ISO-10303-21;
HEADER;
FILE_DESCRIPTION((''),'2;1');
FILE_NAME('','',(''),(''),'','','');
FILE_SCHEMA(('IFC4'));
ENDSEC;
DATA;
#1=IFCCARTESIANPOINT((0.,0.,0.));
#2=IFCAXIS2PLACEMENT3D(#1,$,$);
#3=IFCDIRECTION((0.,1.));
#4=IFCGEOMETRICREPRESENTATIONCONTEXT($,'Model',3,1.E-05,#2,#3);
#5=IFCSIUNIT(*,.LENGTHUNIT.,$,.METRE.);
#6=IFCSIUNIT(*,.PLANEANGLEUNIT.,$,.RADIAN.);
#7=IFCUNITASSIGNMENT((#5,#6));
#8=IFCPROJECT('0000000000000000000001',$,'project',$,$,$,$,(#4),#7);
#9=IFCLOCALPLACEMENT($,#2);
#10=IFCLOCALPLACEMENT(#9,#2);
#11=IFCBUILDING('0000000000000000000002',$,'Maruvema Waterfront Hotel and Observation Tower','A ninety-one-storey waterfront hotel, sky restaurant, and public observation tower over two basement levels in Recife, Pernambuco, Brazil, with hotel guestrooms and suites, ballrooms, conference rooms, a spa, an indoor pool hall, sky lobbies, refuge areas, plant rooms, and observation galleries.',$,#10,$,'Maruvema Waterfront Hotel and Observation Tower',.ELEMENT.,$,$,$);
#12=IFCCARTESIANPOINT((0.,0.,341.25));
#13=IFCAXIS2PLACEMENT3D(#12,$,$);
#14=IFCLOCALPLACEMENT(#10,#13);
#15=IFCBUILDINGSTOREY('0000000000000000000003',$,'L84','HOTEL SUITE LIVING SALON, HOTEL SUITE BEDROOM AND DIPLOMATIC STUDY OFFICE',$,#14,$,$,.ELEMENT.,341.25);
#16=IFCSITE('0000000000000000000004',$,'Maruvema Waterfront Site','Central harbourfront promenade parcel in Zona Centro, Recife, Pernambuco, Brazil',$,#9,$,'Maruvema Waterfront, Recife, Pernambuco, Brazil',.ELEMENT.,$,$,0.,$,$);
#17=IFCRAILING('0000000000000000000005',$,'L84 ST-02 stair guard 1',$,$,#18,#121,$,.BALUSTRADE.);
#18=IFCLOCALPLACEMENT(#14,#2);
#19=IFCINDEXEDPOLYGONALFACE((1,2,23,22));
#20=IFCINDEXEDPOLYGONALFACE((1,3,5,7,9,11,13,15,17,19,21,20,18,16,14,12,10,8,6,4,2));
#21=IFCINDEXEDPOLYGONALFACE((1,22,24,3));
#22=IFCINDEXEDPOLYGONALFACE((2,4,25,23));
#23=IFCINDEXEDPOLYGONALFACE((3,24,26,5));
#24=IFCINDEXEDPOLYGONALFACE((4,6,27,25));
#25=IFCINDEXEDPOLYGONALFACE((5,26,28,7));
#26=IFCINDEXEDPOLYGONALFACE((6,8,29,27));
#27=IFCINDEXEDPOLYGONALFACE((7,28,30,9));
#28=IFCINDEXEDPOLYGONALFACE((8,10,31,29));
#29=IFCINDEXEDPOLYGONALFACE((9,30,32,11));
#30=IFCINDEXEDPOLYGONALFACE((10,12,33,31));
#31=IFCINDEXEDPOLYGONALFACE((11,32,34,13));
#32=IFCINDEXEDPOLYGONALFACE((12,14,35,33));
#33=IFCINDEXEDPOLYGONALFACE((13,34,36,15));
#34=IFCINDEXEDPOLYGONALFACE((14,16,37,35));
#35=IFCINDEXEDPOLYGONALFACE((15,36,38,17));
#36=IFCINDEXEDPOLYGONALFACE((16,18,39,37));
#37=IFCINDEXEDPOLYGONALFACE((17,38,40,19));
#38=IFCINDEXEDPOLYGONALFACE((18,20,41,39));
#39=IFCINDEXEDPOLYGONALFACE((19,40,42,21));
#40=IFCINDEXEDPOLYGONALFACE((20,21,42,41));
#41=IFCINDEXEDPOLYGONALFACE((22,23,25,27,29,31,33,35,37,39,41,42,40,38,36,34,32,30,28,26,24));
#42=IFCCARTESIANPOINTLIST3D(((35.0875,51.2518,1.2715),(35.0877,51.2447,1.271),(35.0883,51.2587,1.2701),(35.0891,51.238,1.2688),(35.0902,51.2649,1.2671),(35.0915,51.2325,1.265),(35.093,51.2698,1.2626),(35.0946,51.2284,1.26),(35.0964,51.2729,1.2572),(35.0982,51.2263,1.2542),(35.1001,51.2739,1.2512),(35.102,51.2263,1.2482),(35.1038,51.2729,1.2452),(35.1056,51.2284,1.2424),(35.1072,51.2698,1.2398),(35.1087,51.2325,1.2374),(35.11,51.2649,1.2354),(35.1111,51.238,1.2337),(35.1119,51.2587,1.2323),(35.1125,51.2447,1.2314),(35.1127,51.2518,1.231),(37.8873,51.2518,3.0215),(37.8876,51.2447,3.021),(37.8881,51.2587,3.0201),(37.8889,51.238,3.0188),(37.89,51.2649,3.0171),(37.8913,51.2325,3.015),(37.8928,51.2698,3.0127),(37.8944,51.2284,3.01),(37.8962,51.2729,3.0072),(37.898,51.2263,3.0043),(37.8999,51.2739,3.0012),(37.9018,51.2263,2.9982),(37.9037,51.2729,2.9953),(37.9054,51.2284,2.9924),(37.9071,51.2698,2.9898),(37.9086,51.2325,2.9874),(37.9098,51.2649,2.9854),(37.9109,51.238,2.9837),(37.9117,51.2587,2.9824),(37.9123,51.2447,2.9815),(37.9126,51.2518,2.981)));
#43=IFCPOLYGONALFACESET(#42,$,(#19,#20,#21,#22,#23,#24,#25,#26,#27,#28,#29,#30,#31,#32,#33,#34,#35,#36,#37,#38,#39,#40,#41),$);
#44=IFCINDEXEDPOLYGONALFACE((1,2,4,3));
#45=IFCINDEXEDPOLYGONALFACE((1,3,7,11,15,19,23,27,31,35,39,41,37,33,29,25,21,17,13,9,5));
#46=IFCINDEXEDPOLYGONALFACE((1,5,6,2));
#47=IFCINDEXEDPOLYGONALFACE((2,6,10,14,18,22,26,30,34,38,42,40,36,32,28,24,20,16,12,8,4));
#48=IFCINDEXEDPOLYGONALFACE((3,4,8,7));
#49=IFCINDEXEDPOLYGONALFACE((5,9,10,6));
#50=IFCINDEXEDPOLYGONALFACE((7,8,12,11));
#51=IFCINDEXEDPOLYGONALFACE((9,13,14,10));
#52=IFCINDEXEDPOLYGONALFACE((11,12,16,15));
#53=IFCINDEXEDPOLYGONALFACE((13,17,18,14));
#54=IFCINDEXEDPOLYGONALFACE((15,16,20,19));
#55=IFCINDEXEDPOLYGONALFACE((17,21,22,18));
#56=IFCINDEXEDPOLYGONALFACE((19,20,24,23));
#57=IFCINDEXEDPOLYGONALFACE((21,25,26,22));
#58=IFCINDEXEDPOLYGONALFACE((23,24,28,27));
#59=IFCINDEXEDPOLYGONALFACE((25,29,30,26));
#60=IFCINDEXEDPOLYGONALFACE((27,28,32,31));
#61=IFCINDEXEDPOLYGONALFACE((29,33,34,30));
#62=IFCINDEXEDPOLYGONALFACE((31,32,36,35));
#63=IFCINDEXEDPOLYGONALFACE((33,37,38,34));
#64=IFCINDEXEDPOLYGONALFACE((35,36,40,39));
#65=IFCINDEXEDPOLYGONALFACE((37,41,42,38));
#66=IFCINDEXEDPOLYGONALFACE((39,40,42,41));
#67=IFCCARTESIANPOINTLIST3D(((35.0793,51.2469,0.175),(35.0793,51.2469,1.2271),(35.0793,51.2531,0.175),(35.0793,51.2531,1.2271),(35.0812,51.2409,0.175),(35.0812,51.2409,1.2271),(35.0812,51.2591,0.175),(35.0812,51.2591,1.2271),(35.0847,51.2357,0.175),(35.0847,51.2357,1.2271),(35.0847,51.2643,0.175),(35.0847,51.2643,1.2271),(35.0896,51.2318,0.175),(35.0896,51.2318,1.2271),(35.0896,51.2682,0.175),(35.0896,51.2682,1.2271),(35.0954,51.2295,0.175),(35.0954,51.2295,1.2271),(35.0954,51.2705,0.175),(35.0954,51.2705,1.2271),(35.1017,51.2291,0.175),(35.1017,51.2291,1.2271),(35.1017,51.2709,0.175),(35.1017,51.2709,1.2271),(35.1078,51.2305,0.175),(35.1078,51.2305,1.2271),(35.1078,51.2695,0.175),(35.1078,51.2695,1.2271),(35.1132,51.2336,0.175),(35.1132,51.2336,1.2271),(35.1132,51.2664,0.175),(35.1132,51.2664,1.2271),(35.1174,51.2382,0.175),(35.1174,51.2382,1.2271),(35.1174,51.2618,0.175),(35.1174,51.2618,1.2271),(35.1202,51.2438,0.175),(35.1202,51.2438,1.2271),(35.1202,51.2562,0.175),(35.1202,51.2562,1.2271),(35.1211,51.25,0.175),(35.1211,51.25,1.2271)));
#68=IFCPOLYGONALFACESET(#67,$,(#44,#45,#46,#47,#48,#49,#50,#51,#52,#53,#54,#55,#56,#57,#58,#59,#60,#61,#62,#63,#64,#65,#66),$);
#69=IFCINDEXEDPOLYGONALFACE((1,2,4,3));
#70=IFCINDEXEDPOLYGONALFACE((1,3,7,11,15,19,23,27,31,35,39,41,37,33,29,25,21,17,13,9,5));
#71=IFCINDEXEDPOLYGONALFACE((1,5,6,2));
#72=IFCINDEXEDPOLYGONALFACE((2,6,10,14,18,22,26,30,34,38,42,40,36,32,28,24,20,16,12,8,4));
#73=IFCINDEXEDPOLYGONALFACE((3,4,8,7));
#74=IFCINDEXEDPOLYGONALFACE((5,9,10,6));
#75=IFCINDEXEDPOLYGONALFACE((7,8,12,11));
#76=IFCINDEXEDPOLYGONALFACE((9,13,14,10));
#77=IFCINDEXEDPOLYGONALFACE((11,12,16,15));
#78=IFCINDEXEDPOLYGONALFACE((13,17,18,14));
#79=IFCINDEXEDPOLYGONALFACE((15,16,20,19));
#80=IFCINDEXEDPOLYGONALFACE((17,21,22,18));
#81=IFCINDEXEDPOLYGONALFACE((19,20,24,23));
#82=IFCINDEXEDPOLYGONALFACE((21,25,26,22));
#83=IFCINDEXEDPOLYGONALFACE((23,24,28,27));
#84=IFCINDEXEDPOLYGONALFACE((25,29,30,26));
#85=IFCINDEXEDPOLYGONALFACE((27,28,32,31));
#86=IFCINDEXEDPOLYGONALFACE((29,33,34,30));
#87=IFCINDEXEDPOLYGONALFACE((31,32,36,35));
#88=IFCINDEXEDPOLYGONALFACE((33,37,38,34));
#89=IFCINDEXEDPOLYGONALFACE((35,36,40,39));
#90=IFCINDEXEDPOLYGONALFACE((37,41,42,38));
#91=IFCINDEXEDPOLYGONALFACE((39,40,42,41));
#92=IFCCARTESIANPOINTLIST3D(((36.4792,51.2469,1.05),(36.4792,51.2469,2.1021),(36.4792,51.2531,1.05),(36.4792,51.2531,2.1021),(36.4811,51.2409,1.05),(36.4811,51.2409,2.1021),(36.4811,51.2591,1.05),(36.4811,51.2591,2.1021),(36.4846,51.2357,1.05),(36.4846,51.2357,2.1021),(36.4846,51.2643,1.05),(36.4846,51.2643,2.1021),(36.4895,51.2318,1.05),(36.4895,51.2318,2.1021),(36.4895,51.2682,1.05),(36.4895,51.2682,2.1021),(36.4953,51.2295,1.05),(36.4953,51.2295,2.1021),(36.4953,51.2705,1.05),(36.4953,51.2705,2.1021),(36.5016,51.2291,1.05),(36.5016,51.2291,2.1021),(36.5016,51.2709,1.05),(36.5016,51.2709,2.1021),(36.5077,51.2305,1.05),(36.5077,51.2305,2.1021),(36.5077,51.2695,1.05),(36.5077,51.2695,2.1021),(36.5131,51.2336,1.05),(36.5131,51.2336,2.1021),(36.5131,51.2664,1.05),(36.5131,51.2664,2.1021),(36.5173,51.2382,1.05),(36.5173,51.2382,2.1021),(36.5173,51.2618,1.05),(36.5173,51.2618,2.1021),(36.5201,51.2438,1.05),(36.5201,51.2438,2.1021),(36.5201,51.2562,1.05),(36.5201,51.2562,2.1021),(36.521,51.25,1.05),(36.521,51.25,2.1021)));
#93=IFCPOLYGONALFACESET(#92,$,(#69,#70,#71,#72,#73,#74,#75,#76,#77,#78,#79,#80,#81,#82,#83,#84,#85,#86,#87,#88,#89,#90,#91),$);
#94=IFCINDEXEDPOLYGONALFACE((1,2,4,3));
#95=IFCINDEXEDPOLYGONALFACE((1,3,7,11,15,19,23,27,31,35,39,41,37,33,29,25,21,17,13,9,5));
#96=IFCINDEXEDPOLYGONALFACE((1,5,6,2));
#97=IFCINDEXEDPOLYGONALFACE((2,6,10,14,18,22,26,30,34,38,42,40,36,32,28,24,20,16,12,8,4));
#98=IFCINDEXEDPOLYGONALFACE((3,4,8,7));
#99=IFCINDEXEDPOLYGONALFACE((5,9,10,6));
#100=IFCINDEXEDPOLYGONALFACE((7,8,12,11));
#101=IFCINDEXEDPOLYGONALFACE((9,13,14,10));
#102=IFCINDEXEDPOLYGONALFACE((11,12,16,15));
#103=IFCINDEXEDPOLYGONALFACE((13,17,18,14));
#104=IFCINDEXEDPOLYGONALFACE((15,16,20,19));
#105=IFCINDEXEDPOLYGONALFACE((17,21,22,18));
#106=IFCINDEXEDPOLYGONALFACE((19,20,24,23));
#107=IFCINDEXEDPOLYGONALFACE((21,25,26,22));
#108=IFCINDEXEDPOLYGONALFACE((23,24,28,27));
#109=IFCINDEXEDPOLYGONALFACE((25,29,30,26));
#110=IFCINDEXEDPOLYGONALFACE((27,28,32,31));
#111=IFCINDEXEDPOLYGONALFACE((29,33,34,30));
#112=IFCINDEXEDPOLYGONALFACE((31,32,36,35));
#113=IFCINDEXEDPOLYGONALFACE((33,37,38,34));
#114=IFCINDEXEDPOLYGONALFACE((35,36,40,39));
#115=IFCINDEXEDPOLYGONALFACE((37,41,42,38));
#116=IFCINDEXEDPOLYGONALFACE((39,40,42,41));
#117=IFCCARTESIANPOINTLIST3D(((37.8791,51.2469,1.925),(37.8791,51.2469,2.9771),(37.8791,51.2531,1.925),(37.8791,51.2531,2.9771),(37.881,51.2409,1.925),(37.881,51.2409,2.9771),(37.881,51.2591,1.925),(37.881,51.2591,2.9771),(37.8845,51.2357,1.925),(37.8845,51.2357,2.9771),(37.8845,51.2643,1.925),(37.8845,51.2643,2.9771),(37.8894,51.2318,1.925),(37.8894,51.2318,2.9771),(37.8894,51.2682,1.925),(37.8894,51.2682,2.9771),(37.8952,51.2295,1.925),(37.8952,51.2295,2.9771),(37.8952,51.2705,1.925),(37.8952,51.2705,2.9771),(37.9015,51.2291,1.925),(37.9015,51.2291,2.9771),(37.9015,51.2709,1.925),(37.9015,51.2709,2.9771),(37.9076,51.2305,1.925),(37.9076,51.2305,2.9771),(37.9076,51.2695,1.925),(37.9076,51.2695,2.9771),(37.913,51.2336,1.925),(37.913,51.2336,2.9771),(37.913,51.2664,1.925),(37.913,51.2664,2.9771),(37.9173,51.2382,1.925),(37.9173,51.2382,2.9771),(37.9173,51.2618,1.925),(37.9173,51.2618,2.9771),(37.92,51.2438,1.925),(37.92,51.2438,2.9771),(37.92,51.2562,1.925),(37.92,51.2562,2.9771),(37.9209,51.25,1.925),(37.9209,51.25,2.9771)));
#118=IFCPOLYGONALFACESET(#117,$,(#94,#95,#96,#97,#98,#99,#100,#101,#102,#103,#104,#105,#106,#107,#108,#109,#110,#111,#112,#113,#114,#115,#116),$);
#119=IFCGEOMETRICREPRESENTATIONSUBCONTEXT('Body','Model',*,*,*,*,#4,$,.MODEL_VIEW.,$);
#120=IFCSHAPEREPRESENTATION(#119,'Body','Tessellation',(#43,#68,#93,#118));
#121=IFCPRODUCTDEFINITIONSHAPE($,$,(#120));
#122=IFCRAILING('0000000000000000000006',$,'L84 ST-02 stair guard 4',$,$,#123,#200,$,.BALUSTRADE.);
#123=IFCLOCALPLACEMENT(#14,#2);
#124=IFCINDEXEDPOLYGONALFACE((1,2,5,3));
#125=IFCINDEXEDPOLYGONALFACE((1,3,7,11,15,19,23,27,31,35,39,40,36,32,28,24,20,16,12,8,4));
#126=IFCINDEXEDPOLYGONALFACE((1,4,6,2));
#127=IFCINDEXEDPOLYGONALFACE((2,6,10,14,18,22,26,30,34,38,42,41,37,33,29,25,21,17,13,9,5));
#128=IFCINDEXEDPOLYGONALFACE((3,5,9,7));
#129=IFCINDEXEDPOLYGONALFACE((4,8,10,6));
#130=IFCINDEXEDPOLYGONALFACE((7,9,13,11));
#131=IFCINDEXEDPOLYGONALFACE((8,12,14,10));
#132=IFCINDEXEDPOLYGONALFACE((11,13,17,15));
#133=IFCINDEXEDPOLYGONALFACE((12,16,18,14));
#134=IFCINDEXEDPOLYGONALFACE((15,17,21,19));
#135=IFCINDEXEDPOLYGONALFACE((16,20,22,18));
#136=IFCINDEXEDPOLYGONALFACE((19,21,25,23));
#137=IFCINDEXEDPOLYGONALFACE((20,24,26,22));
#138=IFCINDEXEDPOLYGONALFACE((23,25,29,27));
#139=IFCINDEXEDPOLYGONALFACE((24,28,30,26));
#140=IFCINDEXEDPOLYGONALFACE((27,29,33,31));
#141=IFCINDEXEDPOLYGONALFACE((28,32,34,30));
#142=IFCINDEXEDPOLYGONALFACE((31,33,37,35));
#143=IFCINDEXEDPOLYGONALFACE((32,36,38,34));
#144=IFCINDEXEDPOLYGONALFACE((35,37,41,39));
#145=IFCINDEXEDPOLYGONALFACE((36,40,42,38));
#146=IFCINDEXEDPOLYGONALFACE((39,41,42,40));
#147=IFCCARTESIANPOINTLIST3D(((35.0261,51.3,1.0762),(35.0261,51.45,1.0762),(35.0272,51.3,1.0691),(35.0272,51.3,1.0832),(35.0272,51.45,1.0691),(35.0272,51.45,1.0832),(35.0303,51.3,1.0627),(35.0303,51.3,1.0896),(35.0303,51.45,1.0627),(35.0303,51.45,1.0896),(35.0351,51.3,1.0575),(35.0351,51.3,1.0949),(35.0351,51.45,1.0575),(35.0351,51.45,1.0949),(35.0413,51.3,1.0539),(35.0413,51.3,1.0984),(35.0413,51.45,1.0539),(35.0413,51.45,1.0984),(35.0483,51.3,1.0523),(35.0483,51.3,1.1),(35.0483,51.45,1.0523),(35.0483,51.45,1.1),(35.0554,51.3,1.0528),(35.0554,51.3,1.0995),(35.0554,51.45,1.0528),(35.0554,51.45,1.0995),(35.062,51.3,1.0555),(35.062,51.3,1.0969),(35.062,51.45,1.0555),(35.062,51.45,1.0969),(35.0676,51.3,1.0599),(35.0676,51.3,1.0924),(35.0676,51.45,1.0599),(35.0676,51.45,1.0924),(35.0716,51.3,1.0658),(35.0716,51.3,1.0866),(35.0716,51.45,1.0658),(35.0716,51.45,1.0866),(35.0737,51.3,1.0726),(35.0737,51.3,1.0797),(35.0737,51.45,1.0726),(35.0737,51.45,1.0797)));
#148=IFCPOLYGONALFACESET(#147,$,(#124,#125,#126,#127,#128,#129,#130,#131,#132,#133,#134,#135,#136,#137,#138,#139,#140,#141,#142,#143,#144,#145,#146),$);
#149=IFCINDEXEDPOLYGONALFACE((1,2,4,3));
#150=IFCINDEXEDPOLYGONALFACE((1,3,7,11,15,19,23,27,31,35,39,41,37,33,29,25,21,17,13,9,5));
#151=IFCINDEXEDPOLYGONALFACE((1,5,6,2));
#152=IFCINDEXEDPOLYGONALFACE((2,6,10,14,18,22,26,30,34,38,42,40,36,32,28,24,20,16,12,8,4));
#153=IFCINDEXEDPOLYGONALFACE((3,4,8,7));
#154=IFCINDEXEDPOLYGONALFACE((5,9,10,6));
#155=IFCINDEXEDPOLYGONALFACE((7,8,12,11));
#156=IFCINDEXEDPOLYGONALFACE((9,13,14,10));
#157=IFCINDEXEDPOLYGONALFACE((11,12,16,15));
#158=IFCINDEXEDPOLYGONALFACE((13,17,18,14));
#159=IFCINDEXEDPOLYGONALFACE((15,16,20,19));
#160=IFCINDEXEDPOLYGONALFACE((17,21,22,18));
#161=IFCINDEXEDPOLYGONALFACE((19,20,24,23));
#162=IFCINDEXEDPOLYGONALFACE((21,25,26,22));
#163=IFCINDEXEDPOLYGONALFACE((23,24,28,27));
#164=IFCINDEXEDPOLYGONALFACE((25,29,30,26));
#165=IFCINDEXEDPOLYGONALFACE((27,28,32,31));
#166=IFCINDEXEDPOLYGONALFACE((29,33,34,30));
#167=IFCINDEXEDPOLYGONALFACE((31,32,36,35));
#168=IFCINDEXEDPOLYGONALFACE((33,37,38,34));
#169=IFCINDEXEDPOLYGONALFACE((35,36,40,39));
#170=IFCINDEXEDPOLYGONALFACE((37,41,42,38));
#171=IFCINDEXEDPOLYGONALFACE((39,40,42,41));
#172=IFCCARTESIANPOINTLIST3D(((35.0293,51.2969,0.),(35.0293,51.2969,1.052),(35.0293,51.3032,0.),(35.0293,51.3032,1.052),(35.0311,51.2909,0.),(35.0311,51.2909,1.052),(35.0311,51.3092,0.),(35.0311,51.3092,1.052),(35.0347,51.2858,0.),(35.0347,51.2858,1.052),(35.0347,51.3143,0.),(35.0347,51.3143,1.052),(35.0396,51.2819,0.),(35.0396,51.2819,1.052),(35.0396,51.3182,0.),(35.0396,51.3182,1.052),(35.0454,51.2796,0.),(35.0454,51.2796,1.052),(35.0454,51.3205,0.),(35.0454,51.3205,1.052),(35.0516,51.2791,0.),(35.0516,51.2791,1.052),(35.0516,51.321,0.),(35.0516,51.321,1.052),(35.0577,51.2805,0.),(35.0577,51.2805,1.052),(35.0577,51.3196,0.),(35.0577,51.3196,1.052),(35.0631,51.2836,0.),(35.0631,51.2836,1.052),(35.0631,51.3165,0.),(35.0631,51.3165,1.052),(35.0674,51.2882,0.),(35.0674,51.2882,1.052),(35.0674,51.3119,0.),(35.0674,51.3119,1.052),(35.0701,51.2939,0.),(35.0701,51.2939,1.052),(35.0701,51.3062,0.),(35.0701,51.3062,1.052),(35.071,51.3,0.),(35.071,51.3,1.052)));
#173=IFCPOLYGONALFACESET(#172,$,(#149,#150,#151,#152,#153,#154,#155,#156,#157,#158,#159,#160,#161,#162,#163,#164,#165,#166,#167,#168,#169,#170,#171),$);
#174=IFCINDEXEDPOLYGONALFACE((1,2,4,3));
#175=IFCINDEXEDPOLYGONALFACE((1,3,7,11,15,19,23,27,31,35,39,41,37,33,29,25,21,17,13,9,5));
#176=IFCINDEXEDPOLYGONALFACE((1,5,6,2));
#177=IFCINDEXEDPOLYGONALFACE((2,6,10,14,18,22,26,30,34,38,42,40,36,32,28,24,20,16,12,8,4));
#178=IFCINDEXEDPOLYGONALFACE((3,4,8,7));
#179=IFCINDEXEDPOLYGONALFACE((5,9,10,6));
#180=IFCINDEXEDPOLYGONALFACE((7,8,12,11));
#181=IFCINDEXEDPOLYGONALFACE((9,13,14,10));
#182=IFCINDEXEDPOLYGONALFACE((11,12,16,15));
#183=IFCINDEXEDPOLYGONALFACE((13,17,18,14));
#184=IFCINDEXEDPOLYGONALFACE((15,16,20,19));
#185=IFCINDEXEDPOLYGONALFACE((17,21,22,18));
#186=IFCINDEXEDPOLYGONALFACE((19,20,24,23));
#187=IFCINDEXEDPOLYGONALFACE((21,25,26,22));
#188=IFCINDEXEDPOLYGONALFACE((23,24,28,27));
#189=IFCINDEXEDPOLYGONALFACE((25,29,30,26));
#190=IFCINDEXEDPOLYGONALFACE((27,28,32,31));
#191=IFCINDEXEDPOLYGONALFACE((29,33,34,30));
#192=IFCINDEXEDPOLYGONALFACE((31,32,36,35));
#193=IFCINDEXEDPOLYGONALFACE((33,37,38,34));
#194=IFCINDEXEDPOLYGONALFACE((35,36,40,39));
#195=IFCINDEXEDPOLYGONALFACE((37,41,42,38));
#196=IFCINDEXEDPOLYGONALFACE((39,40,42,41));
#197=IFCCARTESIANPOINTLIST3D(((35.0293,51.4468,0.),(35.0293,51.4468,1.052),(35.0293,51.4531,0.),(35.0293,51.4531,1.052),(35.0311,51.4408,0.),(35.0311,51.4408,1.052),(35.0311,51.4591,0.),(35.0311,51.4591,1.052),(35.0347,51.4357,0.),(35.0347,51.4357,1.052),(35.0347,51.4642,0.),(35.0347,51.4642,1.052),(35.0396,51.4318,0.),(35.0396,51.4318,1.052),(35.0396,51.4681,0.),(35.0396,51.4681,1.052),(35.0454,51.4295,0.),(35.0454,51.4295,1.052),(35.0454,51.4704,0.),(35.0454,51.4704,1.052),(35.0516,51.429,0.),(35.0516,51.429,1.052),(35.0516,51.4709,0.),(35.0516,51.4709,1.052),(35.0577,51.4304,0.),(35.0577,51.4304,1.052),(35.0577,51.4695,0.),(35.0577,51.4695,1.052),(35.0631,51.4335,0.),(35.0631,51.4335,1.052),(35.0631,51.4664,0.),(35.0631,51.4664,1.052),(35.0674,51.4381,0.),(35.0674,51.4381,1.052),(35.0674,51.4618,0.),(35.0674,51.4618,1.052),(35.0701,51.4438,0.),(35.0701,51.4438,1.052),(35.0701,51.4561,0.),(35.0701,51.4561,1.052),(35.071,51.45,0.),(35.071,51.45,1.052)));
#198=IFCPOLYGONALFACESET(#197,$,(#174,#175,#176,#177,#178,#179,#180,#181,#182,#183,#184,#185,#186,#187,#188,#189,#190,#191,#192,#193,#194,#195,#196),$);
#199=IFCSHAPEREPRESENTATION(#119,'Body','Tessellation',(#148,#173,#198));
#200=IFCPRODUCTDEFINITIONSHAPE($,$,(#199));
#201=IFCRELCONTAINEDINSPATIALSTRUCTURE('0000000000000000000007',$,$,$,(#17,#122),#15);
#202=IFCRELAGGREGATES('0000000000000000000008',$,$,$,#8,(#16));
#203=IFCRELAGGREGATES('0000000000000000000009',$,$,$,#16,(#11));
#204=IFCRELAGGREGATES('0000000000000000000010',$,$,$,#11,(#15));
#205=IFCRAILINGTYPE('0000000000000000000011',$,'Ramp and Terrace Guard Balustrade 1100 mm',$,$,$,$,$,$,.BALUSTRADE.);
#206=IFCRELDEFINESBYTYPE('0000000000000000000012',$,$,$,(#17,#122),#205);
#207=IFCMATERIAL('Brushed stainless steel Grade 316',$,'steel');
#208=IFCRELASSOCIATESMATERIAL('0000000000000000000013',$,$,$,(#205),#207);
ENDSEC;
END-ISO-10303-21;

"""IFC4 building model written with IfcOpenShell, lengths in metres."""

from ifc_helpers import new_model, si_unit, direction, frame, origin, origin_2d, place, context, subcontext, project, spatial, circle, extrude, material, type_object, element, save


model = new_model("IFC4")

# Units and contexts
model_context = context("Model", 3, precision=1e-05, world=origin(), true_north=direction((0.0, 1.0)))
body_context = subcontext(model_context, "Body", "Model", "MODEL_VIEW")
ifc_project = project(units=[si_unit("LENGTHUNIT", "METRE"), si_unit("PLANEANGLEUNIT", "RADIAN")], contexts=[model_context])

# Site, building, storey
site_placement = place(None, origin())
site = spatial("IfcSite", under=ifc_project, at=site_placement, Name="Maruvema Waterfront Site", Description="Central harbourfront promenade parcel in Zona Centro, Recife, Pernambuco, Brazil", LongName="Maruvema Waterfront, Recife, Pernambuco, Brazil", CompositionType="ELEMENT", RefElevation=0.0)
building_placement = place(site_placement, origin())
building = spatial("IfcBuilding", under=site, at=building_placement, Name="Maruvema Waterfront Hotel and Observation Tower", Description="A ninety-one-storey waterfront hotel, sky restaurant, and public observation tower over two basement levels in Recife, Pernambuco, Brazil, with hotel guestrooms and suites, ballrooms, conference rooms, a spa, an indoor pool hall, sky lobbies, refuge areas, plant rooms, and observation galleries.", LongName="Maruvema Waterfront Hotel and Observation Tower", CompositionType="ELEMENT")
storey_placement = place(building_placement, frame((0.0, 0.0, 341.25)))
storey = spatial("IfcBuildingStorey", under=building, at=storey_placement, Name="L84", Description="HOTEL SUITE LIVING SALON, HOTEL SUITE BEDROOM AND DIPLOMATIC STUDY OFFICE", CompositionType="ELEMENT", Elevation=341.25)

# Railings
ifc_material_1 = material(Name="Brushed stainless steel Grade 316", Category="steel")
railing_type_1 = type_object("IfcRailingType", Name="Ramp and Terrace Guard Balustrade 1100 mm", PredefinedType="BALUSTRADE", material=ifc_material_1)
railing_1_placement = place(storey_placement, frame((35.1001, 51.25, 0.175)))
element("IfcRailing", 1, at=railing_1_placement, inside=storey, type_object=railing_type_1, Name="L84 ST-02 stair guard 1", PredefinedType="BALUSTRADE", context=body_context, shape_type="SweptSolid", body=[
    extrude(circle(Radius=0.0239, at=origin_2d()), frame((0.0, 0.0, 1.0762), z_axis=(0.847982, 0.0, 0.530026), x_axis=(0.0, 1.0, 0.0)), (0.0, 0.0, 1.0), 3.3018),
    extrude(circle(Radius=0.021, at=origin_2d()), origin(), (0.0, 0.0, 1.0), 1.052),
    extrude(circle(Radius=0.021, at=origin_2d()), frame((1.3999, 0.0, 0.875)), (0.0, 0.0, 1.0), 1.052),
    extrude(circle(Radius=0.021, at=origin_2d()), frame((2.7998, 0.0, 1.75)), (0.0, 0.0, 1.0), 1.052),
])
railing_2_placement = place(storey_placement, frame((35.05, 51.3, 0.0)))
element("IfcRailing", 2, at=railing_2_placement, inside=storey, type_object=railing_type_1, Name="L84 ST-02 stair guard 4", PredefinedType="BALUSTRADE", context=body_context, shape_type="SweptSolid", body=[
    extrude(circle(Radius=0.0239, at=origin_2d()), frame((0.0, 0.0, 1.0762), z_axis=(0.0, 1.0, 0.0), x_axis=(-1.0, 0.0, 0.0)), (0.0, 0.0, 1.0), 0.1499),
    extrude(circle(Radius=0.021, at=origin_2d()), origin(), (0.0, 0.0, 1.0), 1.052),
    extrude(circle(Radius=0.021, at=origin_2d()), frame((0.0, 0.1499, 0.0)), (0.0, 0.0, 1.0), 1.052),
])

save(model, "model.ifc")
